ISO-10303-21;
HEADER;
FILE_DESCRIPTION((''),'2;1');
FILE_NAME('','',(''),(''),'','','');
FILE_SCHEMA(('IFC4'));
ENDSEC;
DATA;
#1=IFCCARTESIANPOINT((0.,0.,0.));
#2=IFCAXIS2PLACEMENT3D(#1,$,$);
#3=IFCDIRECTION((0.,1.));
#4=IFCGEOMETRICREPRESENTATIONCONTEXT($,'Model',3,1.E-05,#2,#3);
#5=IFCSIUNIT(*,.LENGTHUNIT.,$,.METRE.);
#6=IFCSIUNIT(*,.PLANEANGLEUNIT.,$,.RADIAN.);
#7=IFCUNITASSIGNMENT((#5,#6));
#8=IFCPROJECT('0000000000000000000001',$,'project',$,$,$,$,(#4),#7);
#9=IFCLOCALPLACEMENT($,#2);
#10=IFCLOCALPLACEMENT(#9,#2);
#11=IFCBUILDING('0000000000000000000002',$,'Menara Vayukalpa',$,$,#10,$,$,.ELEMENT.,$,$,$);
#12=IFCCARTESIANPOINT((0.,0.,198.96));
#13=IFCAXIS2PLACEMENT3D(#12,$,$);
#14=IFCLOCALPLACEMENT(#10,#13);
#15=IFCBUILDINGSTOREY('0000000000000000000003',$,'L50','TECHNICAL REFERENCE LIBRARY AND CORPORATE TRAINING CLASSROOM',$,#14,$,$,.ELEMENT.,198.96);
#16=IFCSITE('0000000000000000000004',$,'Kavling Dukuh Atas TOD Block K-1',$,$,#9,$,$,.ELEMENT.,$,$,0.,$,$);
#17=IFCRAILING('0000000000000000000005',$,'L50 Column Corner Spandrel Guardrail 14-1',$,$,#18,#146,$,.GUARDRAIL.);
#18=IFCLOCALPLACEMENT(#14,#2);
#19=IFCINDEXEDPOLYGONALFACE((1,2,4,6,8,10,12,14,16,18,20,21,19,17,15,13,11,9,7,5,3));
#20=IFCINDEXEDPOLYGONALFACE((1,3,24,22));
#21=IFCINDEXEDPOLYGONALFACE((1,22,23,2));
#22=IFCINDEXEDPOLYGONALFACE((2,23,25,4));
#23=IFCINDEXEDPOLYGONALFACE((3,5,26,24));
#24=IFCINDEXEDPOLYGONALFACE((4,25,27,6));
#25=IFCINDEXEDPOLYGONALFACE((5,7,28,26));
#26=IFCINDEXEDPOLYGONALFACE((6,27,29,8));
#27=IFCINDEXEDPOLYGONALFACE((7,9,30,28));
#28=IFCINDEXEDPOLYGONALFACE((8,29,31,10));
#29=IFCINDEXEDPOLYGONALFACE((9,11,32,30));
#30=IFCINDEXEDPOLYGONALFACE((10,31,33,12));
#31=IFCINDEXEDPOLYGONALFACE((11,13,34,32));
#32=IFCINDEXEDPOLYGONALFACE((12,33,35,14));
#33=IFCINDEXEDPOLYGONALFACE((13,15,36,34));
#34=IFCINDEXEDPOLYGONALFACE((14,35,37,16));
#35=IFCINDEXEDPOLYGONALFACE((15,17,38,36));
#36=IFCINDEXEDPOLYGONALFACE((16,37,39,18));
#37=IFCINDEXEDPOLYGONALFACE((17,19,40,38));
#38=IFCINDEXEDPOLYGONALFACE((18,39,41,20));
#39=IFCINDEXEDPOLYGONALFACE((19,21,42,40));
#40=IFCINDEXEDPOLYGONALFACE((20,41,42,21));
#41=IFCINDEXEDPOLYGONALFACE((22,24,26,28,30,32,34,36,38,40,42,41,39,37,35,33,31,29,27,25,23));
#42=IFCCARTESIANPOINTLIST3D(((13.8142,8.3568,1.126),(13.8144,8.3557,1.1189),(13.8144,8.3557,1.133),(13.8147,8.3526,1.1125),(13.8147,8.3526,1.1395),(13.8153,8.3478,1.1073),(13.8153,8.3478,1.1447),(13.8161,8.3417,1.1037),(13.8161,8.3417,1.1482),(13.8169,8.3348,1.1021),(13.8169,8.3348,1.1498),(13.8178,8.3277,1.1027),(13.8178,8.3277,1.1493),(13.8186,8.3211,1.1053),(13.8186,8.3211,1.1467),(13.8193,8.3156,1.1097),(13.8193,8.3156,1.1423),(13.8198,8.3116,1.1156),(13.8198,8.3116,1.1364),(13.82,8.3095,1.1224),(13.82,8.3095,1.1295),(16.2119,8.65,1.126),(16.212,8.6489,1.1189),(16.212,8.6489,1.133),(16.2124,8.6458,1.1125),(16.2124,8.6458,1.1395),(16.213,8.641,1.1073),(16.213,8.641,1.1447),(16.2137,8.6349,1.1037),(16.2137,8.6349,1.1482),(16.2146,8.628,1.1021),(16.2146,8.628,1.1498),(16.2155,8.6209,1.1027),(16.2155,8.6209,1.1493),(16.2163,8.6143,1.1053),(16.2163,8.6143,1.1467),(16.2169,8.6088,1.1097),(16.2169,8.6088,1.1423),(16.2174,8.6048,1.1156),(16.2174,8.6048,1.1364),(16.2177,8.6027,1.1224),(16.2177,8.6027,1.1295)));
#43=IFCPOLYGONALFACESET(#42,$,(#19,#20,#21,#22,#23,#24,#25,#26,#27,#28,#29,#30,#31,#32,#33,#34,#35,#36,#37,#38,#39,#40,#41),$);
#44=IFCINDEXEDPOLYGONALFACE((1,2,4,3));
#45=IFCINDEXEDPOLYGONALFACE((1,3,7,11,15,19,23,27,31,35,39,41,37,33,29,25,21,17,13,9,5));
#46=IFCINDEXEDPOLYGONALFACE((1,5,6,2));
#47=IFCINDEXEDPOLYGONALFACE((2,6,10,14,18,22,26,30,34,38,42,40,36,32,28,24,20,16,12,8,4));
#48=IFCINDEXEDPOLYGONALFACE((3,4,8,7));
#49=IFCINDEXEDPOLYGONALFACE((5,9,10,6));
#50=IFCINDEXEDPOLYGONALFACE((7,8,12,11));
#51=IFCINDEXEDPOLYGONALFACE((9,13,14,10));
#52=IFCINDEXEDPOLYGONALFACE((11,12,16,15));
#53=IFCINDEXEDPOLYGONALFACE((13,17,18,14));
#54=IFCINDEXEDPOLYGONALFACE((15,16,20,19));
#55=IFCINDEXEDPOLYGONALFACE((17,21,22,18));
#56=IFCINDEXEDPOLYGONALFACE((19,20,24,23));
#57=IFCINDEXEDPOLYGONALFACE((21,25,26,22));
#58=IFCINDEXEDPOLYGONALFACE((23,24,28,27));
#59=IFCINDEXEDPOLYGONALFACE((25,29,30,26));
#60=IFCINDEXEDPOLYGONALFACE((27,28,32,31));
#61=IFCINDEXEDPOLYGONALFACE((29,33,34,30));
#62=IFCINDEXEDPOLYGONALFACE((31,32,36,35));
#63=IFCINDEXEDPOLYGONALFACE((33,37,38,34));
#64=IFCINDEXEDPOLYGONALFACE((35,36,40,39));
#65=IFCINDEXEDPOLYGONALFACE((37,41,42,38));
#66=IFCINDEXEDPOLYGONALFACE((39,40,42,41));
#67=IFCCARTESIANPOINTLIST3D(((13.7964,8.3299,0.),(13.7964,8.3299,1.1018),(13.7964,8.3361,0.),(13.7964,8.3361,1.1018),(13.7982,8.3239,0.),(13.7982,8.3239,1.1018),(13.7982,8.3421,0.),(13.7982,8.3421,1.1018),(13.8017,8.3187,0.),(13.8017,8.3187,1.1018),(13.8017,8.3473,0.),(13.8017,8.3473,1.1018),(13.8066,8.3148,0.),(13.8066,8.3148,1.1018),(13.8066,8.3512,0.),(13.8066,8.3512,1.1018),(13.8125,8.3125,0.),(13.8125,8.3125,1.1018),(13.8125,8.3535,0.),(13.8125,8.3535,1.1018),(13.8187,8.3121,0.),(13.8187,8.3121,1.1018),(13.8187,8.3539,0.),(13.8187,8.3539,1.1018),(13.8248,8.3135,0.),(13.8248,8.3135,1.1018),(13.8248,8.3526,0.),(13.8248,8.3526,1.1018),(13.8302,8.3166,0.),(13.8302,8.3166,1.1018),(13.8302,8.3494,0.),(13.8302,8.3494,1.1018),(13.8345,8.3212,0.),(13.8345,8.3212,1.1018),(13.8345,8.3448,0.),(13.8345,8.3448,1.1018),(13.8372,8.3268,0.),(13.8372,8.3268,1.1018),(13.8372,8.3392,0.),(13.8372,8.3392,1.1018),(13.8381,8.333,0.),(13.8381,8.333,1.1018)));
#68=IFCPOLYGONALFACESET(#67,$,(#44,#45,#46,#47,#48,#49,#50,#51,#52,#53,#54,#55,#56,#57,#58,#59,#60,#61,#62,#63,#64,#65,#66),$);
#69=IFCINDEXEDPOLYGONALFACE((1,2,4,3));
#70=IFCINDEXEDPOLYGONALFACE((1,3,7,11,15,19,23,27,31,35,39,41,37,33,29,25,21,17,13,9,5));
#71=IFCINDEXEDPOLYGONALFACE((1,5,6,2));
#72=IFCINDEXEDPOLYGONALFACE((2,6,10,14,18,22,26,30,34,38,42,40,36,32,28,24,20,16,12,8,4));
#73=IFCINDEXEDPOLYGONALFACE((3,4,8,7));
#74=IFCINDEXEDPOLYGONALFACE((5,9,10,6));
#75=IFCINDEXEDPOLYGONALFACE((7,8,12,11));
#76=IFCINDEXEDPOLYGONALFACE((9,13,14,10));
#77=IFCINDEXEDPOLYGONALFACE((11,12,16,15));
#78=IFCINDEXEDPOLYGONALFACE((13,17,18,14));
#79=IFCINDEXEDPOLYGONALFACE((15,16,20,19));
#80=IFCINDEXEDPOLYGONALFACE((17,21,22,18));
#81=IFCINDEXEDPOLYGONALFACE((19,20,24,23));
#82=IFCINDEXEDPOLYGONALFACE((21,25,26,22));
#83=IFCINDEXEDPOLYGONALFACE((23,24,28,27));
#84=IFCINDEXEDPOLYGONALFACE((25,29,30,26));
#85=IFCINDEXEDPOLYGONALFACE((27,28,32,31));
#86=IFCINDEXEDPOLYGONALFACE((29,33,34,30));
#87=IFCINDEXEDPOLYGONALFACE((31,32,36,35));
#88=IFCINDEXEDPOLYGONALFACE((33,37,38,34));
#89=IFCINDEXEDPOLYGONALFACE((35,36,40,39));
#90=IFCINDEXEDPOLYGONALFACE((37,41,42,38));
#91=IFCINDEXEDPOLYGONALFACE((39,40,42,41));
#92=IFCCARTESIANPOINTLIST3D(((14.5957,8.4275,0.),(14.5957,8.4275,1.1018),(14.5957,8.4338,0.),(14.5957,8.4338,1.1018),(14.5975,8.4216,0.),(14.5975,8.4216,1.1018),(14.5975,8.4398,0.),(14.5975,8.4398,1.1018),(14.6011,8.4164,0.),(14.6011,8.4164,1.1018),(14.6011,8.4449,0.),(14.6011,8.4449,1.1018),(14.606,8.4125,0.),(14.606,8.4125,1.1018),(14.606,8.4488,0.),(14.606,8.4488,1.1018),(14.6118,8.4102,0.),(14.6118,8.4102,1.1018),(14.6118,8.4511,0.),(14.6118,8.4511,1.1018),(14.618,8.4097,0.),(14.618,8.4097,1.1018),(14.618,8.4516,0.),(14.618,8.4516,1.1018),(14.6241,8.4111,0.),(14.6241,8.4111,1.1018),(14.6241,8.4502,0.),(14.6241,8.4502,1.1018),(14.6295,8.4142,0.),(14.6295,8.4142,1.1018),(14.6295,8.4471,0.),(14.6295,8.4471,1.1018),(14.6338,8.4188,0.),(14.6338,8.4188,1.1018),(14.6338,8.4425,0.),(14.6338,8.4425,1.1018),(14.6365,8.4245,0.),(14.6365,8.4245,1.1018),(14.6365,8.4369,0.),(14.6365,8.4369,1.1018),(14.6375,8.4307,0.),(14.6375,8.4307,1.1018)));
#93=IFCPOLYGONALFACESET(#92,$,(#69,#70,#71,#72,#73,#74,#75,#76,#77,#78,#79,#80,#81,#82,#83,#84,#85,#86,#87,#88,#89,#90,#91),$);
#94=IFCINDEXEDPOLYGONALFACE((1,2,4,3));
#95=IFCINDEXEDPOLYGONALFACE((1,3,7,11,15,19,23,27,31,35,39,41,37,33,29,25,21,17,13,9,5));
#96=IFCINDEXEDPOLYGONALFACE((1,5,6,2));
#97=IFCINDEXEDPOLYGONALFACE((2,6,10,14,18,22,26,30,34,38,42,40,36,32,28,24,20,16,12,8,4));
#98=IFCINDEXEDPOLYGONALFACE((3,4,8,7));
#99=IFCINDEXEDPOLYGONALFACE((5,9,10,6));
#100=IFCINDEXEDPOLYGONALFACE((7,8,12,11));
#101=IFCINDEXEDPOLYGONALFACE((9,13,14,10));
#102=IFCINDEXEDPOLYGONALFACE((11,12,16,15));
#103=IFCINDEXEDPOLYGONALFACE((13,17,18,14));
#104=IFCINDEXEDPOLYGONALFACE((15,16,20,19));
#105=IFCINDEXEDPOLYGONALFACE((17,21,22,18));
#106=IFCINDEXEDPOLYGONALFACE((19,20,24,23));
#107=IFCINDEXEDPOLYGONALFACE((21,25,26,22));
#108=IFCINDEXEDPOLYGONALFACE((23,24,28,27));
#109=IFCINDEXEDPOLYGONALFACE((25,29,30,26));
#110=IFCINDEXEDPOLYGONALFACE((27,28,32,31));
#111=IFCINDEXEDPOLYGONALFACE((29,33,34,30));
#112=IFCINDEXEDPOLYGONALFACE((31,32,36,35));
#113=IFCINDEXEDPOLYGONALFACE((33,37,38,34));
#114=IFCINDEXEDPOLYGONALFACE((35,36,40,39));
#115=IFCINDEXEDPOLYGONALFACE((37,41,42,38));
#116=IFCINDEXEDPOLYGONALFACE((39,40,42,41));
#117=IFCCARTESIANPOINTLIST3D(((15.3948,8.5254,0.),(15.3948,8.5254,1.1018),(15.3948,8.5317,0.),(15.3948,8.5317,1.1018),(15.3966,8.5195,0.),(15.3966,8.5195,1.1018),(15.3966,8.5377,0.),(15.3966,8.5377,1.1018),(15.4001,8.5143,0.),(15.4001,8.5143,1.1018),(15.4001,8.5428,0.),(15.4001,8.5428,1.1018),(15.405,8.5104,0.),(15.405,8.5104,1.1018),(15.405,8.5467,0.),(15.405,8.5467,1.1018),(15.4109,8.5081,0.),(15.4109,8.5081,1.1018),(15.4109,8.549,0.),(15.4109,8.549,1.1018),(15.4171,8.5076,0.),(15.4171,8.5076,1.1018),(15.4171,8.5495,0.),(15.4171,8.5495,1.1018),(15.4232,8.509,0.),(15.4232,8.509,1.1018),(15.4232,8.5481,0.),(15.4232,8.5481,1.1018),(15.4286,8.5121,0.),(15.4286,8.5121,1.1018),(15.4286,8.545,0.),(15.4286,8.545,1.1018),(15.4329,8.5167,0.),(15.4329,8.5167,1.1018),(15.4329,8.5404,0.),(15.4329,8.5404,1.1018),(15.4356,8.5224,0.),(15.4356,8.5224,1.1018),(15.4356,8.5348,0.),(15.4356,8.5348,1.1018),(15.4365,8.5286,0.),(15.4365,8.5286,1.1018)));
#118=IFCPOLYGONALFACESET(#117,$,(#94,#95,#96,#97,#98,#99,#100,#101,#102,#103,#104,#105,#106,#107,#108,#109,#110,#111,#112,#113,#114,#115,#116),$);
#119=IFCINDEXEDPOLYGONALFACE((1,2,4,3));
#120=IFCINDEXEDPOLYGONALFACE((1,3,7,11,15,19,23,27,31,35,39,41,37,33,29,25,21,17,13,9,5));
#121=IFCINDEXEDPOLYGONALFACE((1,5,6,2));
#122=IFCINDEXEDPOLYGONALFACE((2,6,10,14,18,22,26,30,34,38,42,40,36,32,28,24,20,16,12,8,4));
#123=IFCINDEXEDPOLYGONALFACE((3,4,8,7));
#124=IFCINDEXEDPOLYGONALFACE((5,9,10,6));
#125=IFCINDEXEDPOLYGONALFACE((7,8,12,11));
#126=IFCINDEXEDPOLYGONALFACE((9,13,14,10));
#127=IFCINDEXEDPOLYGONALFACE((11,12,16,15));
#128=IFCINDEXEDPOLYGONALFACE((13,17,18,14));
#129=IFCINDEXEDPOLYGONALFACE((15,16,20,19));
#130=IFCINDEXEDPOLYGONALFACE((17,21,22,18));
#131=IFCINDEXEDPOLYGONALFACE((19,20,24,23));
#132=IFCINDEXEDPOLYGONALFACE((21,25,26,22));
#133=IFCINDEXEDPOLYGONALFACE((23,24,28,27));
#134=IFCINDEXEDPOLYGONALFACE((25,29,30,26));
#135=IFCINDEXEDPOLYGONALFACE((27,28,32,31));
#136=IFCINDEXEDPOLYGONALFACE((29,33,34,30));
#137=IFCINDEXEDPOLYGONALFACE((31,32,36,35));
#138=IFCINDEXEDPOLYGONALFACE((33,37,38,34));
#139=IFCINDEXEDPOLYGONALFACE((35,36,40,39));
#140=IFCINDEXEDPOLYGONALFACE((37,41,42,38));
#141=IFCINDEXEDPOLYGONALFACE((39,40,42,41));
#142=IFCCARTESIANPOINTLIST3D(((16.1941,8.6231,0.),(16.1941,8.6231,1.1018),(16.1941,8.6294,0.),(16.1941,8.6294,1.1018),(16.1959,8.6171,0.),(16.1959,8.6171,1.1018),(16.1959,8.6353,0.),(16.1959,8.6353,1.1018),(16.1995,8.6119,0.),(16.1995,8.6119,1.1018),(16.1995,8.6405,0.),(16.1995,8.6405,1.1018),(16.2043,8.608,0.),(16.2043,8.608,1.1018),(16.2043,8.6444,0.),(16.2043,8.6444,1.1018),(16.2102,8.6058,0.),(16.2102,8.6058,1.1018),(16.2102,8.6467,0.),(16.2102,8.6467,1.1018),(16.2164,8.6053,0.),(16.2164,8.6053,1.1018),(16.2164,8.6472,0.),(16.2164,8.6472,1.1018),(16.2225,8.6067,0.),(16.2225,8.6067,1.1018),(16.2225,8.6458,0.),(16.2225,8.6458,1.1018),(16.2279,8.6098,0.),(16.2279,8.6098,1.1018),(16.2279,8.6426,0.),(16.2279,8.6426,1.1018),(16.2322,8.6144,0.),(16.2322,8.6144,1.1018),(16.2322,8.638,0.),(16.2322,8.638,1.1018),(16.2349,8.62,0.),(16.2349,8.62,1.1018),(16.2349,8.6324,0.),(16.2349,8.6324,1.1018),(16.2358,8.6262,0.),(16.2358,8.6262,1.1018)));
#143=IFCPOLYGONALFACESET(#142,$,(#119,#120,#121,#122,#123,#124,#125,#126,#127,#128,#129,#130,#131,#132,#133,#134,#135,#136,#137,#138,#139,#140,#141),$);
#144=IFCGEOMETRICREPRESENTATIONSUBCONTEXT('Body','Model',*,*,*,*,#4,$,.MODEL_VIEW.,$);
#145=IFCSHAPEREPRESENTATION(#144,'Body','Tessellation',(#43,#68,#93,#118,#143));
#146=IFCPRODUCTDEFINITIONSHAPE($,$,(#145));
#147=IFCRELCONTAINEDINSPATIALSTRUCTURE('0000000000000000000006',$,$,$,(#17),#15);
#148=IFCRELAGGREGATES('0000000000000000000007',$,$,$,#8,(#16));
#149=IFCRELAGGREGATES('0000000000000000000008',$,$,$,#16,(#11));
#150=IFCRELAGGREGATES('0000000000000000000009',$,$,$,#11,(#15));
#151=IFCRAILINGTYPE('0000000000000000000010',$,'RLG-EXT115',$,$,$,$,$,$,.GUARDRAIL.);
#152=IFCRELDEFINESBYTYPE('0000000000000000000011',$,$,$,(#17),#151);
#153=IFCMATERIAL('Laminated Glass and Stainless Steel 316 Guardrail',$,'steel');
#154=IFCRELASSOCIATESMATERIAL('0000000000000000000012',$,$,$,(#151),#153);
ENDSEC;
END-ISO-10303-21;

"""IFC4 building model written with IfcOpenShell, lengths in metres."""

from ifc_helpers import new_model, si_unit, direction, frame, origin, origin_2d, place, context, subcontext, project, spatial, circle, extrude, material, type_object, element, save


model = new_model("IFC4")

# Units and contexts
model_context = context("Model", 3, precision=1e-05, world=origin(), true_north=direction((0.0, 1.0)))
body_context = subcontext(model_context, "Body", "Model", "MODEL_VIEW")
ifc_project = project(units=[si_unit("LENGTHUNIT", "METRE"), si_unit("PLANEANGLEUNIT", "RADIAN")], contexts=[model_context])

# Site, building, storey
site_placement = place(None, origin())
site = spatial("IfcSite", under=ifc_project, at=site_placement, Name="Kavling Dukuh Atas TOD Block K-1", CompositionType="ELEMENT", RefElevation=0.0)
building_placement = place(site_placement, origin())
building = spatial("IfcBuilding", under=site, at=building_placement, Name="Menara Vayukalpa", CompositionType="ELEMENT")
storey_placement = place(building_placement, frame((0.0, 0.0, 198.96)))
storey = spatial("IfcBuildingStorey", under=building, at=storey_placement, Name="L50", Description="TECHNICAL REFERENCE LIBRARY AND CORPORATE TRAINING CLASSROOM", CompositionType="ELEMENT", Elevation=198.96)

# Railing
ifc_material_1 = material(Name="Laminated Glass and Stainless Steel 316 Guardrail", Category="steel")
railing_type = type_object("IfcRailingType", Name="RLG-EXT115", PredefinedType="GUARDRAIL", material=ifc_material_1)
railing_placement = place(storey_placement, frame((13.8171, 8.333, 0.0)))
element("IfcRailing", 1, at=railing_placement, inside=storey, type_object=railing_type, Name="L50 Column Corner Spandrel Guardrail 14-1", PredefinedType="GUARDRAIL", context=body_context, shape_type="SweptSolid", body=[
    extrude(circle(Radius=0.0239, at=origin_2d()), frame((0.0, 0.0, 1.126), z_axis=(0.992606, 0.121385, 0.0), x_axis=(-0.121385, 0.992606, 0.0)), (0.0, 0.0, 1.0), 2.4155),
    extrude(circle(Radius=0.021, at=origin_2d()), origin(), (0.0, 0.0, 1.0), 1.1018),
    extrude(circle(Radius=0.021, at=origin_2d()), frame((0.7993, 0.0977, 0.0)), (0.0, 0.0, 1.0), 1.1018),
    extrude(circle(Radius=0.021, at=origin_2d()), frame((1.5984, 0.1956, 0.0)), (0.0, 0.0, 1.0), 1.1018),
    extrude(circle(Radius=0.021, at=origin_2d()), frame((2.3977, 0.2932, 0.0)), (0.0, 0.0, 1.0), 1.1018),
])

save(model, "model.ifc")
